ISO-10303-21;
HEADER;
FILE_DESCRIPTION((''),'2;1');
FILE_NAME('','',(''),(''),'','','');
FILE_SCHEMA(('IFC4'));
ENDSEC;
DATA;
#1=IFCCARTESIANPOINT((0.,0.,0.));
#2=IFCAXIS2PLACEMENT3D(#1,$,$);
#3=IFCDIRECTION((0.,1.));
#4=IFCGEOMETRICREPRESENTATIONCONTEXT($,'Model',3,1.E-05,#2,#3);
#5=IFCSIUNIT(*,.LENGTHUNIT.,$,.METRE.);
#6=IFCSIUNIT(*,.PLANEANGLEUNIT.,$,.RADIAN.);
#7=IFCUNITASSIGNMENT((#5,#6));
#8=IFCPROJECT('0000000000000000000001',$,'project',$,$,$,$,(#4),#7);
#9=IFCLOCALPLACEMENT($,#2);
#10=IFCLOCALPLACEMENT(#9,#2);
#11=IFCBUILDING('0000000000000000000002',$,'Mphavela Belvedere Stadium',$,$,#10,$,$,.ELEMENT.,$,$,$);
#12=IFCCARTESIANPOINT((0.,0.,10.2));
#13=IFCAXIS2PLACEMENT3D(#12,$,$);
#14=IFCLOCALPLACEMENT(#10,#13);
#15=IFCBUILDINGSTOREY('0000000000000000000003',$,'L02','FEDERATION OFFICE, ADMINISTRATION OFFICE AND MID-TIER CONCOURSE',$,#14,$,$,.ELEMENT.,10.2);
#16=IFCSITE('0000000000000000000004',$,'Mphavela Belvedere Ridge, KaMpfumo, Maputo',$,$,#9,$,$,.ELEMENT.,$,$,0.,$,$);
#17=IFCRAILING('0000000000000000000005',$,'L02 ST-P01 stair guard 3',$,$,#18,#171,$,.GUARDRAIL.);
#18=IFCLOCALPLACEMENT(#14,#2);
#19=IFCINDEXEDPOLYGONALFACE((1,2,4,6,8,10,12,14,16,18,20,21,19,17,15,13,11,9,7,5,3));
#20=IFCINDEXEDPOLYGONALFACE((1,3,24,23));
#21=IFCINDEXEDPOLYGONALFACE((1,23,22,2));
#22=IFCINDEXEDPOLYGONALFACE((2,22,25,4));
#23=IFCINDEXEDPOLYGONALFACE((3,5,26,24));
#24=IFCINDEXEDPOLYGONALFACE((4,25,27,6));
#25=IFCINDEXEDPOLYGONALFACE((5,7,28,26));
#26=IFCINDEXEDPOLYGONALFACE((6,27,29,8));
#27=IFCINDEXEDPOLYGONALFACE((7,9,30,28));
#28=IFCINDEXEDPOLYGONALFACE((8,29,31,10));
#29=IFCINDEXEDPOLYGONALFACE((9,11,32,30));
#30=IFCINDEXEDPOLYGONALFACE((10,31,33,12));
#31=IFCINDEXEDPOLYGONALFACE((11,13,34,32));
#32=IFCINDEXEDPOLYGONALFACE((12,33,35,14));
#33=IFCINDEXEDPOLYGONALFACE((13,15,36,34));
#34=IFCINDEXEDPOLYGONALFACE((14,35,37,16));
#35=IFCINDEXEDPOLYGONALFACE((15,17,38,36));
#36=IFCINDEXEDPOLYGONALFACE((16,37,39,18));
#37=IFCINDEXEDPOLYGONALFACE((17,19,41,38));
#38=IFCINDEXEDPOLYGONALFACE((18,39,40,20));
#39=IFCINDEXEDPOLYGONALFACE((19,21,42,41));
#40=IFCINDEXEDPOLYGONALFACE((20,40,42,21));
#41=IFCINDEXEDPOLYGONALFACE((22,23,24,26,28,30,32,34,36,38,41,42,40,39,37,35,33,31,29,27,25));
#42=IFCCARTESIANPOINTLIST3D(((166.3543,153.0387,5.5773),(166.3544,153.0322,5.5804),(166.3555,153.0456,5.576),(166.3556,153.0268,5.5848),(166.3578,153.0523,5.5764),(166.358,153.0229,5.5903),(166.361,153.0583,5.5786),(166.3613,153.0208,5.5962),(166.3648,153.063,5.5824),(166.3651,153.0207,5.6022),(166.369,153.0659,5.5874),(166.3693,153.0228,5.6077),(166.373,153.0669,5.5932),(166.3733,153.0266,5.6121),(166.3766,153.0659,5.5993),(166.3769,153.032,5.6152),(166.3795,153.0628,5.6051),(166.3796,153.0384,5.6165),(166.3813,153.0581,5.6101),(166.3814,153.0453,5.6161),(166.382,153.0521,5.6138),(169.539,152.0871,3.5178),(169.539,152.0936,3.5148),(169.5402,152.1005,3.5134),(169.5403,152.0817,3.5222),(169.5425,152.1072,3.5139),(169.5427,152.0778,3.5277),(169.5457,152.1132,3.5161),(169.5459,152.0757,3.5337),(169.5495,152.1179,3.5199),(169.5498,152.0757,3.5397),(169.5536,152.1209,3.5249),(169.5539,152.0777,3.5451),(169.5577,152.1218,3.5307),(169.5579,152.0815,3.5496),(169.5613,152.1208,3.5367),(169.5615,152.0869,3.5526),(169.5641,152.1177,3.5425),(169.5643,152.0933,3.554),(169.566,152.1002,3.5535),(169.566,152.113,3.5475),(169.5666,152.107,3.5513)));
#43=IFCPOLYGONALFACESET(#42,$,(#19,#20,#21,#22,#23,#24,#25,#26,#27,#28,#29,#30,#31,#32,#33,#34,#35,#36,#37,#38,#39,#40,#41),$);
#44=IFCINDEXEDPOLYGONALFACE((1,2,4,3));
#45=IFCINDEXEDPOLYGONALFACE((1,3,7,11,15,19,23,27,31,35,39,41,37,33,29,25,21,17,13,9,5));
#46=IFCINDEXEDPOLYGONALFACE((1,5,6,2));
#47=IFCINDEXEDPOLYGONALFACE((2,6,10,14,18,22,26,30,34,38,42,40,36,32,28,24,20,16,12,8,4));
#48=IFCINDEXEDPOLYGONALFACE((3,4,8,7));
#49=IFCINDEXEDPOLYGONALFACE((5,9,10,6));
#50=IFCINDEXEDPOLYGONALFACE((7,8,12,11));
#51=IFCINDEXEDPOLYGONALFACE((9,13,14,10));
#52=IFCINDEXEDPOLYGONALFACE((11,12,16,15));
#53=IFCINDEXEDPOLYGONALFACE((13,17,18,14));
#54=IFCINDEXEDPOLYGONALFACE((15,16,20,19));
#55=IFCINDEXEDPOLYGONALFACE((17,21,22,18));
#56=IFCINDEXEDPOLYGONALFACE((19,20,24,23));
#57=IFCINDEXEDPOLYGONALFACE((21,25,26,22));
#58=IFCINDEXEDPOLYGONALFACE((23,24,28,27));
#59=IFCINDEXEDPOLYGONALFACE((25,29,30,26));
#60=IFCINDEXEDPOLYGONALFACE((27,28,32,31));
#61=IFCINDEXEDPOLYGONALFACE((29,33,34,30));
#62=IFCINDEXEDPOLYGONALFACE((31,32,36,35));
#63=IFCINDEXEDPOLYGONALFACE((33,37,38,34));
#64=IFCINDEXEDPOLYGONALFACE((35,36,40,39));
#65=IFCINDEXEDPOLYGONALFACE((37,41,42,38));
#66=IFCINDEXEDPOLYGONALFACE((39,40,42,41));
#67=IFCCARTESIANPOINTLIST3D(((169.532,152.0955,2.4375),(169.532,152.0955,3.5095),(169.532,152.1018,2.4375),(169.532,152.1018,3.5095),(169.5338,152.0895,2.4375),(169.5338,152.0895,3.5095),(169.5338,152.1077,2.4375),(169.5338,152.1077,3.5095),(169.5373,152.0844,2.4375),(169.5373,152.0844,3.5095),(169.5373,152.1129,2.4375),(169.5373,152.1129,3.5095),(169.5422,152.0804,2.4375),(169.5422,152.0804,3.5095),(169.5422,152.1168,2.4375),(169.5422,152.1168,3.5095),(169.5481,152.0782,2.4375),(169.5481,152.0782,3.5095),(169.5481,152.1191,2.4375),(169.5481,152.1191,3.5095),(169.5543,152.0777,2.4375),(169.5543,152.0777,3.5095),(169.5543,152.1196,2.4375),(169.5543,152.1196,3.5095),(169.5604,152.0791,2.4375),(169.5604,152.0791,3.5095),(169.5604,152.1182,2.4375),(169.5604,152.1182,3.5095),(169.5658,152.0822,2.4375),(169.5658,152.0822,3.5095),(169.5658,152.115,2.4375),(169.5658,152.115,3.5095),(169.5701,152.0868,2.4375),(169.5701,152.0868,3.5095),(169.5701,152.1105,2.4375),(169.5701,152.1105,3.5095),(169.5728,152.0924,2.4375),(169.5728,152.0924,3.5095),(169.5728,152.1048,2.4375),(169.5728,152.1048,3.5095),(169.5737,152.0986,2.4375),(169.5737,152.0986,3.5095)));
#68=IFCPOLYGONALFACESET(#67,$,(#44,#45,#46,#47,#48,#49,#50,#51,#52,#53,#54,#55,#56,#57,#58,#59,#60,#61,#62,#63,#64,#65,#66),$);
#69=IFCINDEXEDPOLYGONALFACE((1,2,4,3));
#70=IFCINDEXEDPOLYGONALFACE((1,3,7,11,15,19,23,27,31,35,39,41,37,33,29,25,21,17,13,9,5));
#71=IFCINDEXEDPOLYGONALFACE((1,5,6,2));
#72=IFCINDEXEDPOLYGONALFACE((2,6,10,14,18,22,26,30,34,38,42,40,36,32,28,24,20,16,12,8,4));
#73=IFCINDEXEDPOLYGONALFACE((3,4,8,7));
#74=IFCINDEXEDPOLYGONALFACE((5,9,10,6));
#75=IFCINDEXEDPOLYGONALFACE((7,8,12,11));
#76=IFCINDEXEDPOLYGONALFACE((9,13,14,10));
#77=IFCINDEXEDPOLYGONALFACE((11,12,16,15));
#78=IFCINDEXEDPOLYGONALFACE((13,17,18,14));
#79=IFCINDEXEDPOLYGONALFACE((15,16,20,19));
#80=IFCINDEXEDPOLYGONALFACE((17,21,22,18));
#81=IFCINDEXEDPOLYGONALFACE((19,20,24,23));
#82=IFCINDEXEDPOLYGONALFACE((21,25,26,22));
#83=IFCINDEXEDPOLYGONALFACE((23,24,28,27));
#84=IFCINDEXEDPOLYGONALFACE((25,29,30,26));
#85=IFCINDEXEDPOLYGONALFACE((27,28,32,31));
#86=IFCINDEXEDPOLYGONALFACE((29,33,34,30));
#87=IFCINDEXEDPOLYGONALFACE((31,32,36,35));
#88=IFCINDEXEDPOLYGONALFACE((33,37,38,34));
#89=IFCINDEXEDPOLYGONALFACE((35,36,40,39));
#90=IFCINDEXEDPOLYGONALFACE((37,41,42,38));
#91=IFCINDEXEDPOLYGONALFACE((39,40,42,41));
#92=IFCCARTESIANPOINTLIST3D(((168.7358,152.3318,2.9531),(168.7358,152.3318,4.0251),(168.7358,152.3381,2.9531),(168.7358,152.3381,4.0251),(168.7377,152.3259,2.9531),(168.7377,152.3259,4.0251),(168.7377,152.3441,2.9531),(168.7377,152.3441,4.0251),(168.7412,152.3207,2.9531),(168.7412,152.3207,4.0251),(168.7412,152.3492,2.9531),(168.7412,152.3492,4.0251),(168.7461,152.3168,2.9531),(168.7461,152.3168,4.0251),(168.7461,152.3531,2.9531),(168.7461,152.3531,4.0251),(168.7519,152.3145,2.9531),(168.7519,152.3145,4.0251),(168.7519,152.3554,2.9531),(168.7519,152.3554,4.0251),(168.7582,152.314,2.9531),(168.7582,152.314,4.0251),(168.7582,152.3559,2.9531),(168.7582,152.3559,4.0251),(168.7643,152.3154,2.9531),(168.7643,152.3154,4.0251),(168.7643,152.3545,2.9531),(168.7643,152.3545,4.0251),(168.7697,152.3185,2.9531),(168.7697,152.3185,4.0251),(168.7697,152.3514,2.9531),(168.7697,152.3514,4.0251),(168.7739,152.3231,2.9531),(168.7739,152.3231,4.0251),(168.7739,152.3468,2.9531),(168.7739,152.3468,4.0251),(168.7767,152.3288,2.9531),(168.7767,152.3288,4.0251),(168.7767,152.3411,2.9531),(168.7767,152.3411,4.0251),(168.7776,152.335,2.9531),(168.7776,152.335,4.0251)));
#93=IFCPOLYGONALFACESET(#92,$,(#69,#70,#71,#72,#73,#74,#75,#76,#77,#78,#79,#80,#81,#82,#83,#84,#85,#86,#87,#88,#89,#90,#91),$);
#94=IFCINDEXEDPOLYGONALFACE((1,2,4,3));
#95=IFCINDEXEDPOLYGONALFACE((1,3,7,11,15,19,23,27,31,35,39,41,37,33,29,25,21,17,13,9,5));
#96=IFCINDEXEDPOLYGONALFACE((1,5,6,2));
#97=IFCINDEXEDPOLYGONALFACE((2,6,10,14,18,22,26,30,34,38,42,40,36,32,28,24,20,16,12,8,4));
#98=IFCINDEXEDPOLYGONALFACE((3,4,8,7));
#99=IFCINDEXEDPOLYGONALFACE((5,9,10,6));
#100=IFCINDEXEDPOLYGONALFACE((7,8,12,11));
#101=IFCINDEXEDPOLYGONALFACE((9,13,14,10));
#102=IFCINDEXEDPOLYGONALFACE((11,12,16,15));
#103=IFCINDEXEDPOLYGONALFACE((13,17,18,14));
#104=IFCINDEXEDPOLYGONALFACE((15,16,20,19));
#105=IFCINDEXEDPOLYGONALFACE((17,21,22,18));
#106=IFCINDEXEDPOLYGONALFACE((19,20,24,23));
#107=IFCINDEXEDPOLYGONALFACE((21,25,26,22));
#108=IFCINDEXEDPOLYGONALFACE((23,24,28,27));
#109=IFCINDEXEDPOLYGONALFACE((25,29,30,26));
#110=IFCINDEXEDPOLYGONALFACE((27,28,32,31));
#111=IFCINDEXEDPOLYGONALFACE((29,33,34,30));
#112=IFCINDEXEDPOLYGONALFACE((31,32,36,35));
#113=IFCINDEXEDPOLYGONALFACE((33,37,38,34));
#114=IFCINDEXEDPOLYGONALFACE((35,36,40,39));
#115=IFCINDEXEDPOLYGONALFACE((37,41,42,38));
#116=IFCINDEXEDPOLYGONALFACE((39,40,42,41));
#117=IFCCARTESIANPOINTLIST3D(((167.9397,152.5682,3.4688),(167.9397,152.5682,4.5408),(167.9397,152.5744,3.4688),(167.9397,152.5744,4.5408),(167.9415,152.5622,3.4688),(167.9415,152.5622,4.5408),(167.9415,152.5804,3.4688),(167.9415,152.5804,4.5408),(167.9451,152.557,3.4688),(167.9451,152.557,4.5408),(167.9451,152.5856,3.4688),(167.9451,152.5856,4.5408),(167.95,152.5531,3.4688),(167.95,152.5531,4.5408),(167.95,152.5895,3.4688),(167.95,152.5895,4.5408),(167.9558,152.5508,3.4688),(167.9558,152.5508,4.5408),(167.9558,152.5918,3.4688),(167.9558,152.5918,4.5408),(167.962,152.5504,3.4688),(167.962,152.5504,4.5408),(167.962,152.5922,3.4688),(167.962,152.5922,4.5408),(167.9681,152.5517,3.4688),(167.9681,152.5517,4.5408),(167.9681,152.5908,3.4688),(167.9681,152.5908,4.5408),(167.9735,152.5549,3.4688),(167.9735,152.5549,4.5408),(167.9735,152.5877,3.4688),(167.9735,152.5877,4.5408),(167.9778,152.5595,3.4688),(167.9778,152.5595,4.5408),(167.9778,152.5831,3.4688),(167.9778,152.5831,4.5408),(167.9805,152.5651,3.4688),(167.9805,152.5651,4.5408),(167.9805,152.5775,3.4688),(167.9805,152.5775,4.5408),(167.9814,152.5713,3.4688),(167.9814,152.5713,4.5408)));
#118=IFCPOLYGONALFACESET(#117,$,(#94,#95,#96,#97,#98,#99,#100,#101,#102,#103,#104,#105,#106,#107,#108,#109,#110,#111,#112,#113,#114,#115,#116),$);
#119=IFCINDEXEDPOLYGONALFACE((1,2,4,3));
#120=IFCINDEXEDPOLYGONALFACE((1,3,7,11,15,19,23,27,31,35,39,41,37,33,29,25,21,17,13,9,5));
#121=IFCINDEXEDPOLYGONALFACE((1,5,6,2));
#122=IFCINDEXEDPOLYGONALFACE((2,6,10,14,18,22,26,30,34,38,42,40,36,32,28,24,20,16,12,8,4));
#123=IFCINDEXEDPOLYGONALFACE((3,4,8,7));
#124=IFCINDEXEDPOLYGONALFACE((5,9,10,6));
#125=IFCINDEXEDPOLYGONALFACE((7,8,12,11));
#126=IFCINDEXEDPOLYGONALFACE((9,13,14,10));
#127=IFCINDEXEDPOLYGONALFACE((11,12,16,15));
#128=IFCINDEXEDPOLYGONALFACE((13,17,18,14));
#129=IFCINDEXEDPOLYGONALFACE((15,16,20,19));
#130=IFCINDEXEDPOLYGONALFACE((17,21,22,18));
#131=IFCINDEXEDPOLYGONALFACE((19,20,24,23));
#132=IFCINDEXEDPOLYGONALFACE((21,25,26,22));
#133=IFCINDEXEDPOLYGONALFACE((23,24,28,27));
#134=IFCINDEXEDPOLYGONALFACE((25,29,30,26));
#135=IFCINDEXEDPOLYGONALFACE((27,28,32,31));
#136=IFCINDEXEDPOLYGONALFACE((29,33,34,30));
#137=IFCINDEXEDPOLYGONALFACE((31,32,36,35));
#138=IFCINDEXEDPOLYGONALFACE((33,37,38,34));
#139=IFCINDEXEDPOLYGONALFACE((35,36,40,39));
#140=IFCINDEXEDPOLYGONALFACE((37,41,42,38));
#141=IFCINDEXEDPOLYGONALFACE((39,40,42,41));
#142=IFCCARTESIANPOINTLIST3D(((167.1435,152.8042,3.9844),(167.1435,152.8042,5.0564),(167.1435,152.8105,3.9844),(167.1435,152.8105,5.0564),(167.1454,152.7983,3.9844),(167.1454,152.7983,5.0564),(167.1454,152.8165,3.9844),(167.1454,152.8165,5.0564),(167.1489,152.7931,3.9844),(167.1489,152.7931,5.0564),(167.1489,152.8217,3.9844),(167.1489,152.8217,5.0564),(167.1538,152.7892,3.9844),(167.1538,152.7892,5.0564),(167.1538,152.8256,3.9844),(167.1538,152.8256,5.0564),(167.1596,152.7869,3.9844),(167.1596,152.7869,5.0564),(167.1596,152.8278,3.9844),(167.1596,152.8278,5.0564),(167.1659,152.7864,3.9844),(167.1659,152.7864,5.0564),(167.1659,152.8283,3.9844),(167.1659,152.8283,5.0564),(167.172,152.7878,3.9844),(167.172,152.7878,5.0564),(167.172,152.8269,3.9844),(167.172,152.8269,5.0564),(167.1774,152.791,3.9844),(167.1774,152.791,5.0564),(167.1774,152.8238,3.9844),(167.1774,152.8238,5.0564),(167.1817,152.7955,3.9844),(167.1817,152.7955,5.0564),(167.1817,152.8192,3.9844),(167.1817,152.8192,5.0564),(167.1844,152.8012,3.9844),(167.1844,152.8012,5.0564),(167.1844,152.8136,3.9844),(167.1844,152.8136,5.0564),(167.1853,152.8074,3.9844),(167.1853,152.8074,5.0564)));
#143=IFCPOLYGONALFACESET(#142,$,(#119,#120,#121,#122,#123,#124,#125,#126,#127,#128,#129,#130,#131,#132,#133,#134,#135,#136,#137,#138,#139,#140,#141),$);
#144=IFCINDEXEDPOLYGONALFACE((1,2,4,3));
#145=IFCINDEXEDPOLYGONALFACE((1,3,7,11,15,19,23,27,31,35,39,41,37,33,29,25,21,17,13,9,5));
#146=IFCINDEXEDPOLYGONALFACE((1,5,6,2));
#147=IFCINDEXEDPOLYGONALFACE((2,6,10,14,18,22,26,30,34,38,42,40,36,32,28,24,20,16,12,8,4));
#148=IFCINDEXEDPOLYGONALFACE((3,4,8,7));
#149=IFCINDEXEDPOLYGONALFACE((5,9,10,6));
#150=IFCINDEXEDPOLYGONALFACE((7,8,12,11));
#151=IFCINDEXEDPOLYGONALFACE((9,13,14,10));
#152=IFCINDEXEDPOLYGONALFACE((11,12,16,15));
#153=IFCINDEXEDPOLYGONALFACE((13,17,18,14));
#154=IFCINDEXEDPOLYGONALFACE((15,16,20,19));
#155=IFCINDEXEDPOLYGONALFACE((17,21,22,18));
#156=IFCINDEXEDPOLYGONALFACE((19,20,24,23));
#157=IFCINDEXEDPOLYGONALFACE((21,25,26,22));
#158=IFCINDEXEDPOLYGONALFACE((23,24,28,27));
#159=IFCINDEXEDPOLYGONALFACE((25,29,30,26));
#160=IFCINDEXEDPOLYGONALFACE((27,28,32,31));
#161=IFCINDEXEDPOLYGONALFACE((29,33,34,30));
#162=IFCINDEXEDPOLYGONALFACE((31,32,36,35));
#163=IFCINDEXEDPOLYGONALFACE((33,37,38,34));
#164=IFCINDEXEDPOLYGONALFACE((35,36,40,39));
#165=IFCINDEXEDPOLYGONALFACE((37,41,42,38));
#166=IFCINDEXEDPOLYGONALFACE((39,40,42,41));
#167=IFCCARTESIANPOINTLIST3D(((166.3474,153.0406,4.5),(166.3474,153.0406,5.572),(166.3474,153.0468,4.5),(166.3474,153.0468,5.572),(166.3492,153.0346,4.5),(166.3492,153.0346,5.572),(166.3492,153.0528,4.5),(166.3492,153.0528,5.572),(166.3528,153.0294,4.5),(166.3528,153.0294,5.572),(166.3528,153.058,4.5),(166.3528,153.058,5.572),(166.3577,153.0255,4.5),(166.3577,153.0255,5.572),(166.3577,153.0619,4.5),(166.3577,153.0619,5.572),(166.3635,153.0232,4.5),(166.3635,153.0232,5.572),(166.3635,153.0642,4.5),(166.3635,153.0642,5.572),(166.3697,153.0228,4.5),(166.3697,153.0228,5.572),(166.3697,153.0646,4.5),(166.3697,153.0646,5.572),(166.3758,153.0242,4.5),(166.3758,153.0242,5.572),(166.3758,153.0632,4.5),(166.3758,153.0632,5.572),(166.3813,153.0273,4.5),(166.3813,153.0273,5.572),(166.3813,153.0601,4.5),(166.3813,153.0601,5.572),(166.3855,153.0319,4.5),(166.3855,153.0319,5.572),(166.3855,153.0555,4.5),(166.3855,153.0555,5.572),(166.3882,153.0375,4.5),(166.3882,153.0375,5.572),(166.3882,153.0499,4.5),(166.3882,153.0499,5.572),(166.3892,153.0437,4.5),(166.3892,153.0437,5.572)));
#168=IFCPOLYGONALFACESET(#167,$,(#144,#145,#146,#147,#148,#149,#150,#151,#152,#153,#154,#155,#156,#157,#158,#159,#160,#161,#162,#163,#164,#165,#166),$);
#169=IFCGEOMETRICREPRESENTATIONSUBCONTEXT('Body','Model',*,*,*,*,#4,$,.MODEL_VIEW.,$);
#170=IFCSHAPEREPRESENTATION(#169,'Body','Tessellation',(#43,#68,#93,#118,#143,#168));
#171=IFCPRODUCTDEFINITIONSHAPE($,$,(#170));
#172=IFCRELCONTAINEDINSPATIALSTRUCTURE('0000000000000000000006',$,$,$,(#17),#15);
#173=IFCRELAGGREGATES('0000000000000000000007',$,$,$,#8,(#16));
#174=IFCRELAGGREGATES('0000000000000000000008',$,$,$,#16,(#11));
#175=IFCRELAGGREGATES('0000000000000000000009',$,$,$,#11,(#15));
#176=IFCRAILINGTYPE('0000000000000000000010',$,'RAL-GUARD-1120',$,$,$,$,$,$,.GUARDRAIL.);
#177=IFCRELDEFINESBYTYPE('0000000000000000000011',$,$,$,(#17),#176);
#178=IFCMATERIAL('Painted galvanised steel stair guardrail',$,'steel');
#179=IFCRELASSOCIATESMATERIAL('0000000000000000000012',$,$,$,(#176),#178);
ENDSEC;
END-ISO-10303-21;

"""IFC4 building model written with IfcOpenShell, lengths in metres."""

from ifc_helpers import new_model, si_unit, direction, frame, origin, origin_2d, place, context, subcontext, project, spatial, circle, extrude, material, type_object, element, save


model = new_model("IFC4")

# Units and contexts
model_context = context("Model", 3, precision=1e-05, world=origin(), true_north=direction((0.0, 1.0)))
body_context = subcontext(model_context, "Body", "Model", "MODEL_VIEW")
ifc_project = project(units=[si_unit("LENGTHUNIT", "METRE"), si_unit("PLANEANGLEUNIT", "RADIAN")], contexts=[model_context])

# Site, building, storey
site_placement = place(None, origin())
site = spatial("IfcSite", under=ifc_project, at=site_placement, Name="Mphavela Belvedere Ridge, KaMpfumo, Maputo", CompositionType="ELEMENT", RefElevation=0.0)
building_placement = place(site_placement, origin())
building = spatial("IfcBuilding", under=site, at=building_placement, Name="Mphavela Belvedere Stadium", CompositionType="ELEMENT")
storey_placement = place(building_placement, frame((0.0, 0.0, 10.2)))
storey = spatial("IfcBuildingStorey", under=building, at=storey_placement, Name="L02", Description="FEDERATION OFFICE, ADMINISTRATION OFFICE AND MID-TIER CONCOURSE", CompositionType="ELEMENT", Elevation=10.2)

# Railing
ifc_material_1 = material(Name="Painted galvanised steel stair guardrail", Category="steel")
railing_type_1 = type_object("IfcRailingType", Name="RAL-GUARD-1120", PredefinedType="GUARDRAIL", material=ifc_material_1)
railing_1_placement = place(storey_placement, frame((169.5527, 152.0986, 2.4375)))
element("IfcRailing", 1, at=railing_1_placement, inside=storey, type_object=railing_type_1, Name="L02 ST-P01 stair guard 3", PredefinedType="GUARDRAIL", context=body_context, shape_type="SweptSolid", body=[
    extrude(circle(Radius=0.0239, at=origin_2d()), frame((0.0, 0.0, 1.0962), z_axis=(-0.814456, 0.241702, 0.527486), x_axis=(-0.284501, -0.958676, 0.0)), (0.0, 0.0, 1.0), 3.9102),
    extrude(circle(Radius=0.021, at=origin_2d()), origin(), (0.0, 0.0, 1.0), 1.072),
    extrude(circle(Radius=0.021, at=origin_2d()), frame((-0.7961, 0.2363, 0.5156)), (0.0, 0.0, 1.0), 1.072),
    extrude(circle(Radius=0.021, at=origin_2d()), frame((-1.5923, 0.4727, 1.0312)), (0.0, 0.0, 1.0), 1.072),
    extrude(circle(Radius=0.021, at=origin_2d()), frame((-2.3884, 0.7087, 1.5469)), (0.0, 0.0, 1.0), 1.072),
    extrude(circle(Radius=0.021, at=origin_2d()), frame((-3.1846, 0.9451, 2.0625)), (0.0, 0.0, 1.0), 1.072),
])

save(model, "model.ifc")
